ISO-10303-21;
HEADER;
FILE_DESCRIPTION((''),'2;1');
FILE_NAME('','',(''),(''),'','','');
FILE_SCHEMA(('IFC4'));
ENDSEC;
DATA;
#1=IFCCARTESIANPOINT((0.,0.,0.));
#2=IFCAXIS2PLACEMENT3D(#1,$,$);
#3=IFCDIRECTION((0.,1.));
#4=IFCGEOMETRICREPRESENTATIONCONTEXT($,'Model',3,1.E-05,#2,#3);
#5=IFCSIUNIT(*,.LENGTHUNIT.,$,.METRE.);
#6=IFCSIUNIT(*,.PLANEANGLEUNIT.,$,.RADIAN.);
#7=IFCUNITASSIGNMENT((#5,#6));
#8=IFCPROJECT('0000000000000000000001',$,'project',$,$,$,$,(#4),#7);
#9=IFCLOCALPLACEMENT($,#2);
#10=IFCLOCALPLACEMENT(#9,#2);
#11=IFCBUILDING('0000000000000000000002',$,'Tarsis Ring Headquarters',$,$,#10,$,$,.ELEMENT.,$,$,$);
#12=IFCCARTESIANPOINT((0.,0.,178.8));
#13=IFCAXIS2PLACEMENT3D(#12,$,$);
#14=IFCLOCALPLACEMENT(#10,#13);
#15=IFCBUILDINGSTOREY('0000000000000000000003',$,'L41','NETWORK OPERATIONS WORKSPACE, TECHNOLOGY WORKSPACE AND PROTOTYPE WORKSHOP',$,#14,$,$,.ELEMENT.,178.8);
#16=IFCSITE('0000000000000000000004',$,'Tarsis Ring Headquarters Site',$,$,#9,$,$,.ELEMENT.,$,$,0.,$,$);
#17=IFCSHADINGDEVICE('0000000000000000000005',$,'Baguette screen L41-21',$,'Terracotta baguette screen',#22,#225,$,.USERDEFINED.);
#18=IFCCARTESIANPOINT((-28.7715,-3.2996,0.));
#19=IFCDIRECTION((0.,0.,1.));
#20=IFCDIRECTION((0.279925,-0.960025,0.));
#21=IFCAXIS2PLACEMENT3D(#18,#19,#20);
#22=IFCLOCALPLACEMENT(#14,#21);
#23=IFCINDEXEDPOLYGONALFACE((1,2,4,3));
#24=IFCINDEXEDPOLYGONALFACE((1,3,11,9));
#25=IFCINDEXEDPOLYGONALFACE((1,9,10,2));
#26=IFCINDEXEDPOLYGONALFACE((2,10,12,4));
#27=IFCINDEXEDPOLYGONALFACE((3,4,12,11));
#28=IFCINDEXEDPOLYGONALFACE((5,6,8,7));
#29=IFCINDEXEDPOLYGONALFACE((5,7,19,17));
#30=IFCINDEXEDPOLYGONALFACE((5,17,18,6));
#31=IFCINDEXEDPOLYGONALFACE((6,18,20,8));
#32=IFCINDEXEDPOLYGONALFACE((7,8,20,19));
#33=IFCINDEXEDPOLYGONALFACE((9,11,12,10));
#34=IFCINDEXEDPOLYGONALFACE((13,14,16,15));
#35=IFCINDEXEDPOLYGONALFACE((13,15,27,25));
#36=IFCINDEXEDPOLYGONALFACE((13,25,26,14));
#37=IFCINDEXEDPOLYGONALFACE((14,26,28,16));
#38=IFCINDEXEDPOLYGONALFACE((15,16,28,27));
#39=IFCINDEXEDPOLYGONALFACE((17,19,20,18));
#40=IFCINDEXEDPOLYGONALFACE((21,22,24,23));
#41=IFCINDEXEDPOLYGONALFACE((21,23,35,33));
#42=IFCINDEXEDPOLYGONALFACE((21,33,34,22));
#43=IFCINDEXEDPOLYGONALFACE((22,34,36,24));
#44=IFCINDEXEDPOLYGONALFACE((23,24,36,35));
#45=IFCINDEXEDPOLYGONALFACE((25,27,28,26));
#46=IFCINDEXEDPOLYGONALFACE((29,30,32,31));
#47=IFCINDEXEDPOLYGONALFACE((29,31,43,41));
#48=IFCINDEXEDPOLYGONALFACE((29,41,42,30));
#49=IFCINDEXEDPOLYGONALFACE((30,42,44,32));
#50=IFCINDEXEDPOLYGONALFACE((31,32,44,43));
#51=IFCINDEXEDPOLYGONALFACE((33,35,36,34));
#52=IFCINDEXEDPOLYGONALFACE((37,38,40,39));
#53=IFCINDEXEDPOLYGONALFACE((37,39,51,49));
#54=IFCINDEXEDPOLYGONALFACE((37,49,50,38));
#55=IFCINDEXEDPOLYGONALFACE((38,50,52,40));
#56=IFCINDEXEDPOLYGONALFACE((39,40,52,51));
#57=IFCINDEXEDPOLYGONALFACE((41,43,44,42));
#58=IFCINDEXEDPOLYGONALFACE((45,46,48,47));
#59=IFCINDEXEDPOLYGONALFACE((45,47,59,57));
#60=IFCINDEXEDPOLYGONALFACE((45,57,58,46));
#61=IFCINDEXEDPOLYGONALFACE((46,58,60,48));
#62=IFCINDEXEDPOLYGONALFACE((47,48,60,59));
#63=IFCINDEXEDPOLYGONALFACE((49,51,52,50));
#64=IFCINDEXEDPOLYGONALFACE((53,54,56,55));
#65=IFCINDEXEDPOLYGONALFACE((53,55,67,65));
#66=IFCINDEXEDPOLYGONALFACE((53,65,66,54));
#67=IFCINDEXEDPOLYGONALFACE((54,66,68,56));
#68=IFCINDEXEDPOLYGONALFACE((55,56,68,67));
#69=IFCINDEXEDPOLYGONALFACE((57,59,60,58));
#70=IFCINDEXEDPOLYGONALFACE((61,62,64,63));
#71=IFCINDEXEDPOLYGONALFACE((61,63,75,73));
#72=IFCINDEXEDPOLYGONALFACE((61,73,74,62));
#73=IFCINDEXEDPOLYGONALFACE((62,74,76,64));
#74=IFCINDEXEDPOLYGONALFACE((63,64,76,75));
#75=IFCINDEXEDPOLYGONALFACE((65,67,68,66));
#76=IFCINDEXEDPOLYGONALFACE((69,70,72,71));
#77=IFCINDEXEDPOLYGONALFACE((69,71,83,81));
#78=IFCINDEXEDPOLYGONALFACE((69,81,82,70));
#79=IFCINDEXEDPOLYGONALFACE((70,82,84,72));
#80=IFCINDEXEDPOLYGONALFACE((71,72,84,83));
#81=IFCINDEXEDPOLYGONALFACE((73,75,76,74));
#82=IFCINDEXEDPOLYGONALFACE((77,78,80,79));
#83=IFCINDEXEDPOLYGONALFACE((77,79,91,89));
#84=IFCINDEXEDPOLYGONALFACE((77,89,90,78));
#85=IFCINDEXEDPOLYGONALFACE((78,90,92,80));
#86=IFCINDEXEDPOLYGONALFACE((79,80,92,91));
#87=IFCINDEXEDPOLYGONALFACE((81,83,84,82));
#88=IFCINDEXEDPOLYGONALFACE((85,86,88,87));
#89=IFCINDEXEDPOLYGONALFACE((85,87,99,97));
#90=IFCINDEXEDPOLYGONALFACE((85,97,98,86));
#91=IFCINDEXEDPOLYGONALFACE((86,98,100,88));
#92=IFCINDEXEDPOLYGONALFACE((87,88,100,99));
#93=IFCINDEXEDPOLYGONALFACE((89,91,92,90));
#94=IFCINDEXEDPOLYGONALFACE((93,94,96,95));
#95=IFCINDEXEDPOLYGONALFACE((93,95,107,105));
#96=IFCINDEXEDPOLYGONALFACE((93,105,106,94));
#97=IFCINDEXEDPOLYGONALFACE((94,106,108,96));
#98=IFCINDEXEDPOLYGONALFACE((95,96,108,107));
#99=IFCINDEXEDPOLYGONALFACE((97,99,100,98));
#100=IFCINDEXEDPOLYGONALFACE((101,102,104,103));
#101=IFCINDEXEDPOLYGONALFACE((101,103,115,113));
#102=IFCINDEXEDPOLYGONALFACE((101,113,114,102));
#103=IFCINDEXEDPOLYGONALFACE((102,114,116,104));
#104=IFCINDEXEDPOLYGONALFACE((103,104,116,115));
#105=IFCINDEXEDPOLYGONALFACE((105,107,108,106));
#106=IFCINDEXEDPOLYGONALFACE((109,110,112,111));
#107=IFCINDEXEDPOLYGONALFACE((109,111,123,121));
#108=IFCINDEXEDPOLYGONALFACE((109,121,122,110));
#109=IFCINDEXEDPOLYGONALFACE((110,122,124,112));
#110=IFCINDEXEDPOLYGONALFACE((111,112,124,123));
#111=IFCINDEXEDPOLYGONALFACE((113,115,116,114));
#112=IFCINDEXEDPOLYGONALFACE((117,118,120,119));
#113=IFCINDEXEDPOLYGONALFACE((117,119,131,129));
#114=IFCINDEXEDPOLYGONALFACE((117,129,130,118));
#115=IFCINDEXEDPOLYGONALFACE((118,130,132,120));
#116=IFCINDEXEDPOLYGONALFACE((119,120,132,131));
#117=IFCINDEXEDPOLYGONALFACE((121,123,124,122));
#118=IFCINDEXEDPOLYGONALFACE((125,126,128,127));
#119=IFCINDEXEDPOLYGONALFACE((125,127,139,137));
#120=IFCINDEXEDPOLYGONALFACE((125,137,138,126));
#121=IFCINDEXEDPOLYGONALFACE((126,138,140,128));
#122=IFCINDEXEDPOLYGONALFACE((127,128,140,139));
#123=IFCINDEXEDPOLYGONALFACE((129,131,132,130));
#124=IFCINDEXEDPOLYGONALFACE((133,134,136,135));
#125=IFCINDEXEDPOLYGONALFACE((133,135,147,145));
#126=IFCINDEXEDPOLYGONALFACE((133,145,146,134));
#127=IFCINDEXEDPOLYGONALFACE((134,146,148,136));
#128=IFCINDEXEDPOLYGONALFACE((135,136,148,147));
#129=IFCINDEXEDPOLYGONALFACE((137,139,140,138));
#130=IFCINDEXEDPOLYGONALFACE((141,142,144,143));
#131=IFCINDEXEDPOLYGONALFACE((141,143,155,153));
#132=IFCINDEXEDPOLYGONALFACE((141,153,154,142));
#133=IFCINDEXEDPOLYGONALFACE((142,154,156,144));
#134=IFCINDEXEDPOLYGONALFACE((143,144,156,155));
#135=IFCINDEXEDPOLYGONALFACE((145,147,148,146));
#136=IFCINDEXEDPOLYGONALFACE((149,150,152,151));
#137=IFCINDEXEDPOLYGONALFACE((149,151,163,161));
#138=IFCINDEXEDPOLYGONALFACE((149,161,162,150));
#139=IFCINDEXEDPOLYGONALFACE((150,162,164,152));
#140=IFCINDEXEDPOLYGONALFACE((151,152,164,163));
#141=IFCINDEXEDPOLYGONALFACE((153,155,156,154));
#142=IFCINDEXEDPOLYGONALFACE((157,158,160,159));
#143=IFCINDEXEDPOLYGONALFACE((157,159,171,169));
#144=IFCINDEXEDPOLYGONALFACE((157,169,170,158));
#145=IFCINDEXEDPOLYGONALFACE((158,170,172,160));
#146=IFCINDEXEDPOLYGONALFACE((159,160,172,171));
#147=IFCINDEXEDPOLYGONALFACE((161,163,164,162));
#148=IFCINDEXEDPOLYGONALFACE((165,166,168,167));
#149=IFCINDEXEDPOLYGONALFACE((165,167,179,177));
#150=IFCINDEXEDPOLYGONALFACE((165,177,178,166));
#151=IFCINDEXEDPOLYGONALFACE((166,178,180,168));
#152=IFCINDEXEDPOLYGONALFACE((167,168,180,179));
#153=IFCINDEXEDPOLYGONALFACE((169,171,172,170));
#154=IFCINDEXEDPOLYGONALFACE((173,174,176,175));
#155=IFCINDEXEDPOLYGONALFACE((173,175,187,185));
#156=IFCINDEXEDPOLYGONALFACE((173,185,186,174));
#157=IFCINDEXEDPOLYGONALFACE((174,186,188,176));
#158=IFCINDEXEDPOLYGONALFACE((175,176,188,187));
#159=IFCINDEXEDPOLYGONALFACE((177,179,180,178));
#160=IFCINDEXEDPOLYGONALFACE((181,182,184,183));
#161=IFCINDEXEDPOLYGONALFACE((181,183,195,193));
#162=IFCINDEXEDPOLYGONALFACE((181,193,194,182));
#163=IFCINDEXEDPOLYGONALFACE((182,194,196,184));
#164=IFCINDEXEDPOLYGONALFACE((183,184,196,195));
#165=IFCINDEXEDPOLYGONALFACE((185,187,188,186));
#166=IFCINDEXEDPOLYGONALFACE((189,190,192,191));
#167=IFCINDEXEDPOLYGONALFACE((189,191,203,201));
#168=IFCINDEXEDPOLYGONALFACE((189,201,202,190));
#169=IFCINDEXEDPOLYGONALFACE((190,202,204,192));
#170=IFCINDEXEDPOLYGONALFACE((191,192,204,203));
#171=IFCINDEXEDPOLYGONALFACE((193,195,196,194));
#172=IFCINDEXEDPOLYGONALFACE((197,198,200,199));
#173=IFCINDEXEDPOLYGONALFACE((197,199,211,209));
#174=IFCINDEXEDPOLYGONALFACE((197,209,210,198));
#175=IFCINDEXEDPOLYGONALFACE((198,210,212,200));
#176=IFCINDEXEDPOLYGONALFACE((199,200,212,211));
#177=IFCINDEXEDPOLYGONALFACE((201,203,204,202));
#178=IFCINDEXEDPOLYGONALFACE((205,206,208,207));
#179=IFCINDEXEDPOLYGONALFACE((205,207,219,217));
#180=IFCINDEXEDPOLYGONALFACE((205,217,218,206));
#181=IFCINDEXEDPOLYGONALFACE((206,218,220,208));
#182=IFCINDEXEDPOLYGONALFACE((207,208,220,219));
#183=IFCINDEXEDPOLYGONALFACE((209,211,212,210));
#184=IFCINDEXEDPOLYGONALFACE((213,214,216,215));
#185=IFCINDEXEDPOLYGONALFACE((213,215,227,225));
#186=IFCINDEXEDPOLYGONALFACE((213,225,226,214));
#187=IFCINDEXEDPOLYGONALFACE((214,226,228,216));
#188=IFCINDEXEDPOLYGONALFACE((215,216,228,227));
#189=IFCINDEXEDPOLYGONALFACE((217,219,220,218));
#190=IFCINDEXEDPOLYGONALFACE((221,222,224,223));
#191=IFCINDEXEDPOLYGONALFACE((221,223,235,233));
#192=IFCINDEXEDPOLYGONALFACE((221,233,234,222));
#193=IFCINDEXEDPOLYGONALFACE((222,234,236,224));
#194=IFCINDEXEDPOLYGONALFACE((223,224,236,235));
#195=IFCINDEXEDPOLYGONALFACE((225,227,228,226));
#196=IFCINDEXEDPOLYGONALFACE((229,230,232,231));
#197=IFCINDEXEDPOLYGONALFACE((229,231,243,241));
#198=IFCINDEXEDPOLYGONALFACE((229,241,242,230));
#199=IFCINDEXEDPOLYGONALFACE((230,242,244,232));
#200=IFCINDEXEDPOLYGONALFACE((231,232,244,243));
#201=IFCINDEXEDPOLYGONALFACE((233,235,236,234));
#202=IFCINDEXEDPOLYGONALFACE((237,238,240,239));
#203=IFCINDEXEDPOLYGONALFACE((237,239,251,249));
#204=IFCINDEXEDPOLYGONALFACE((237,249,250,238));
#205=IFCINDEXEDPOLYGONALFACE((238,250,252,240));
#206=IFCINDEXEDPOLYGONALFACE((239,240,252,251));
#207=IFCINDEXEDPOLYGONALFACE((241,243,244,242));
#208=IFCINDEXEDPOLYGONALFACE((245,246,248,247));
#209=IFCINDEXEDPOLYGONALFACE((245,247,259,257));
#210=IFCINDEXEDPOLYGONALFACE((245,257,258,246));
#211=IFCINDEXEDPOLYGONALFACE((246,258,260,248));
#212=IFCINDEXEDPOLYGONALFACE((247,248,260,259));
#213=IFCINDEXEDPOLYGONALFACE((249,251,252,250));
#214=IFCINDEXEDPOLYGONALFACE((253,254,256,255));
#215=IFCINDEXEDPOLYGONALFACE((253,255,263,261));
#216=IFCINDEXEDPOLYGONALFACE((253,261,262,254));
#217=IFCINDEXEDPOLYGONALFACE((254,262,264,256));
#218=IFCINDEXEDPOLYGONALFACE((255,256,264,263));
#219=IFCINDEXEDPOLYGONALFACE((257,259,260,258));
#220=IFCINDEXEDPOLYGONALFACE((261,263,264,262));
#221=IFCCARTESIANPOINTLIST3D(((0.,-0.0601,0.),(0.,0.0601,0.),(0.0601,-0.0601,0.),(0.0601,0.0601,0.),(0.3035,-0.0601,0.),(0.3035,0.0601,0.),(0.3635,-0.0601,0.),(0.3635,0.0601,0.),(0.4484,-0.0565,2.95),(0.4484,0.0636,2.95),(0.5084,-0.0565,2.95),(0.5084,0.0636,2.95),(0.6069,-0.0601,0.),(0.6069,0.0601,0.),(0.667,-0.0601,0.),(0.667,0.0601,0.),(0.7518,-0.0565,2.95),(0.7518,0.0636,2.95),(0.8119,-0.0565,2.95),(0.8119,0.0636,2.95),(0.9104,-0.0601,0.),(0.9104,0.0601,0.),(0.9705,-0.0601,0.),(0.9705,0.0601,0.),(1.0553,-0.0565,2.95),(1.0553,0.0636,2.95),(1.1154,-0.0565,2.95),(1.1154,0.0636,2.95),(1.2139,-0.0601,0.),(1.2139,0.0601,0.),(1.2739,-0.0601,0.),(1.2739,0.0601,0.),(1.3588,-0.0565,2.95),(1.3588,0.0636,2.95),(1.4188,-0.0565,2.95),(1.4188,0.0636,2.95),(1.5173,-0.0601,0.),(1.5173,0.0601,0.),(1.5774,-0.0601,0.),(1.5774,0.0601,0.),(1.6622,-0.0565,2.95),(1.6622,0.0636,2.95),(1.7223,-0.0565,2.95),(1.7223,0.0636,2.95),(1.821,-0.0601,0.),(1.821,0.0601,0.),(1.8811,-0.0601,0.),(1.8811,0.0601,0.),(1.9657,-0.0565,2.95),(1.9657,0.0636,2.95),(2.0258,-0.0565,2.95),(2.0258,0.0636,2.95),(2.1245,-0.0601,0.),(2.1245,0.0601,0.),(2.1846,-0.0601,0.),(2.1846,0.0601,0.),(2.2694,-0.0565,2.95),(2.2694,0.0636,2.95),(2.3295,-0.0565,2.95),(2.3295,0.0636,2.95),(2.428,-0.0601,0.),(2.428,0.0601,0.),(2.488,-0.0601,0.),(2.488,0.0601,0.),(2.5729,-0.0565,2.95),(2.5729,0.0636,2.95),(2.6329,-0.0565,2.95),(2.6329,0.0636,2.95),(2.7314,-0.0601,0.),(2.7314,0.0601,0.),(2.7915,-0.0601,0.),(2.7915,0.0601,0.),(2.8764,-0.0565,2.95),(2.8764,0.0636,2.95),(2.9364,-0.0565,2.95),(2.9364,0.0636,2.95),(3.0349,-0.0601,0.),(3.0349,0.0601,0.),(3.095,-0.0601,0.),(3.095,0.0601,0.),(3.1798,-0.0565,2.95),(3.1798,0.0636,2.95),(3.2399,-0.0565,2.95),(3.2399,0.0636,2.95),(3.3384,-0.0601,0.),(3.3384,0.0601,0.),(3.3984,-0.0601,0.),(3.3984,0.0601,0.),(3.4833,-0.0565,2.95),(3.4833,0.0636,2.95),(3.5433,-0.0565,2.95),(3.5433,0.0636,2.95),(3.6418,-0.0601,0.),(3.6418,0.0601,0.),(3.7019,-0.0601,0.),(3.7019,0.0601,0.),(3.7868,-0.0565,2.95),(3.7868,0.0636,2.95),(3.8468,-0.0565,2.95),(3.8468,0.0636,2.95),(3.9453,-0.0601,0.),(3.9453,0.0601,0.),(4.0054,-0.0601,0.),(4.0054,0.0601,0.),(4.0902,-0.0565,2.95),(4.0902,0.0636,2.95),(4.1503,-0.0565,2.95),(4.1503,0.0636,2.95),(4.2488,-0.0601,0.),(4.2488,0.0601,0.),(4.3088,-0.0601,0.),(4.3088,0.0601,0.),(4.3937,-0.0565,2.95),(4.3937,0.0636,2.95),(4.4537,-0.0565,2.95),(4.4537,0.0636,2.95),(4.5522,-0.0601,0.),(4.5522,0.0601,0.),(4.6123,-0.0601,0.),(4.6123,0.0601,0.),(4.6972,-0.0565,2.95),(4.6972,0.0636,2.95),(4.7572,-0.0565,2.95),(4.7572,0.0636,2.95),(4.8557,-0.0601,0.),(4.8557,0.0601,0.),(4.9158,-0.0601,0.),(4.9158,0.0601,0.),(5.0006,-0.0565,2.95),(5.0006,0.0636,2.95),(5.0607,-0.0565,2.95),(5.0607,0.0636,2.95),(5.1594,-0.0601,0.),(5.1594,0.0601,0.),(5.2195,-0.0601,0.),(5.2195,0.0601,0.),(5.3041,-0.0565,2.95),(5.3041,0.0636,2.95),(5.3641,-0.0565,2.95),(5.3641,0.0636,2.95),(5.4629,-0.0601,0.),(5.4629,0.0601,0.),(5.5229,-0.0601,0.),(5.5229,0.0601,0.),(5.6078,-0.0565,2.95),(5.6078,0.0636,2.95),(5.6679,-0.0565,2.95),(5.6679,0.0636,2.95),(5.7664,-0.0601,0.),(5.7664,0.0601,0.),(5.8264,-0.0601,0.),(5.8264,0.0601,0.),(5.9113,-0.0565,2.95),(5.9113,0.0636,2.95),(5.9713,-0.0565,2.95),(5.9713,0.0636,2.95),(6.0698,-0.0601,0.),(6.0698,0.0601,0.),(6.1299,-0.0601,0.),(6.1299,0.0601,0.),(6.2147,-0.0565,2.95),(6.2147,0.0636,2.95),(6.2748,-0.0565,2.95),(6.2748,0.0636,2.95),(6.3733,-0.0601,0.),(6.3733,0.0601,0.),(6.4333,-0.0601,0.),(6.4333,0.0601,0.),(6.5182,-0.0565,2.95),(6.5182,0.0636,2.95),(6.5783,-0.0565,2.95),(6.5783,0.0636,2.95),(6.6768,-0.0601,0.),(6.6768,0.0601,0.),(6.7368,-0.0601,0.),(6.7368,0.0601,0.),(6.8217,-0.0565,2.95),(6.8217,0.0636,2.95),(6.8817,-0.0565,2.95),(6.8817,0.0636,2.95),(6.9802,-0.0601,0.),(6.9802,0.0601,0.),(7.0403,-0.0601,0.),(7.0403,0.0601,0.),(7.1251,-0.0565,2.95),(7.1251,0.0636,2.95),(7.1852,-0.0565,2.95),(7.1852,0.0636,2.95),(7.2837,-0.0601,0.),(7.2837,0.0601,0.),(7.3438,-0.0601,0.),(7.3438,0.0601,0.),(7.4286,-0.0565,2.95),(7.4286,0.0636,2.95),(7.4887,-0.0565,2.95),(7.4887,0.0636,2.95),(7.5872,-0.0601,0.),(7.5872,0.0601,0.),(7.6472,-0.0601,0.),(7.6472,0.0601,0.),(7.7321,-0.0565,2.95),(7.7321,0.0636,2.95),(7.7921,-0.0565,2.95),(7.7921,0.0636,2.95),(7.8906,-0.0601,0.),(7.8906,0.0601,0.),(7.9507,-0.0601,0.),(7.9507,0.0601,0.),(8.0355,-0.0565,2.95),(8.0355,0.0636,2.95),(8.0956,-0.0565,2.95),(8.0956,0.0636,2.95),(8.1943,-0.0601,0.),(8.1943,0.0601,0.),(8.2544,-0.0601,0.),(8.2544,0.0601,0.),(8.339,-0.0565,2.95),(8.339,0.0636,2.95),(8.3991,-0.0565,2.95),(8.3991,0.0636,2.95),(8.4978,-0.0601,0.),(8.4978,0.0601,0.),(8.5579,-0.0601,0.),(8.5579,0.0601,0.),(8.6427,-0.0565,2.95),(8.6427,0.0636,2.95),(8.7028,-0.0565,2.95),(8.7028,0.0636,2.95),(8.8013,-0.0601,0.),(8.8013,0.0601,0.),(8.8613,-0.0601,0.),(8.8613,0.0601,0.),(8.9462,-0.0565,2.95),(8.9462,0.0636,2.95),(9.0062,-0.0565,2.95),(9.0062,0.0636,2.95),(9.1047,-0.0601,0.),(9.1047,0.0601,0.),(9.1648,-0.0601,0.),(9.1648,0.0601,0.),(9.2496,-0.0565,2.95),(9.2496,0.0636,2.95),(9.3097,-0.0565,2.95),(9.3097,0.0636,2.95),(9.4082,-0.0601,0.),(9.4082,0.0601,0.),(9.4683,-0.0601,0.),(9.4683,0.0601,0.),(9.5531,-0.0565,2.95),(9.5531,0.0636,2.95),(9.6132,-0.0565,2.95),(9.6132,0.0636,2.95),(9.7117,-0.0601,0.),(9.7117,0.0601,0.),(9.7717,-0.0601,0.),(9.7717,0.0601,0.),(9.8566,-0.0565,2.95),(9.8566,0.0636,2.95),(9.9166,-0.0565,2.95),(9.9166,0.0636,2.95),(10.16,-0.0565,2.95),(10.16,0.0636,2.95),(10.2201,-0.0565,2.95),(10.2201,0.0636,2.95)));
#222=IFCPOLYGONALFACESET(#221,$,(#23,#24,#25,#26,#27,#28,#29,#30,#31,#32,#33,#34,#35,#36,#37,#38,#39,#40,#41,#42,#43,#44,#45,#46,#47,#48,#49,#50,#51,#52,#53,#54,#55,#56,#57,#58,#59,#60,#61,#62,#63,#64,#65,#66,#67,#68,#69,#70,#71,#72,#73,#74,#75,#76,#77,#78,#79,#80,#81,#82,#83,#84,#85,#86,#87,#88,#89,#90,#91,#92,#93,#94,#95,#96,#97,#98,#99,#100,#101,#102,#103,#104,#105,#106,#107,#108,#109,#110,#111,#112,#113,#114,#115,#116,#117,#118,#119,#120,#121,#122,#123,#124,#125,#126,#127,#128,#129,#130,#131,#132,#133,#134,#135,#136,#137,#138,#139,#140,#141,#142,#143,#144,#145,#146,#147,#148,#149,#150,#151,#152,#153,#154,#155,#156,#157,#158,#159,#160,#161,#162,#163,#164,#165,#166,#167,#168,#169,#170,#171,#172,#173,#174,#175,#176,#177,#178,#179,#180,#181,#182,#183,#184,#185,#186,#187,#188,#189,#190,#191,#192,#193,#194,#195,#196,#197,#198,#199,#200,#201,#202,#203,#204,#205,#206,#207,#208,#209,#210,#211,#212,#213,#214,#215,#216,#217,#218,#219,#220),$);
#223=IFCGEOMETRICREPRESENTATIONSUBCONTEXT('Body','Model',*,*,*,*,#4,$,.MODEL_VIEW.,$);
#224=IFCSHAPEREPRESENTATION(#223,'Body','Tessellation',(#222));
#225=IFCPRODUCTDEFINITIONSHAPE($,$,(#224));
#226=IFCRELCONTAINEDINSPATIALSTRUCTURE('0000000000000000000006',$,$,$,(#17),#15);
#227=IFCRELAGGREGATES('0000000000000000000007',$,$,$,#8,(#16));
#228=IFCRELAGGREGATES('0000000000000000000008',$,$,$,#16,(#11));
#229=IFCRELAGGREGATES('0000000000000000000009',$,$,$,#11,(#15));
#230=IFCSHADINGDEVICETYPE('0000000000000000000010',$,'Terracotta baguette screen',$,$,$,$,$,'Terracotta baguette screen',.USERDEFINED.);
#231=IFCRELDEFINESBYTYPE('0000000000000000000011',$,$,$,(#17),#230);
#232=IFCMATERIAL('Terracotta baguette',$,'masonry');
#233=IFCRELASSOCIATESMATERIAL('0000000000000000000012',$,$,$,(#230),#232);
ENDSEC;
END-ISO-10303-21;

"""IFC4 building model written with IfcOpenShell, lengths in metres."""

from ifc_helpers import new_model, si_unit, direction, frame, frame_2d, origin, place, context, subcontext, project, spatial, rectangle, composite_profile, extrude, material, type_object, element, save


model = new_model("IFC4")

# Units and contexts
model_context = context("Model", 3, precision=1e-05, world=origin(), true_north=direction((0.0, 1.0)))
body_context = subcontext(model_context, "Body", "Model", "MODEL_VIEW")
ifc_project = project(units=[si_unit("LENGTHUNIT", "METRE"), si_unit("PLANEANGLEUNIT", "RADIAN")], contexts=[model_context])

# Site, building, storey
site_placement = place(None, origin())
site = spatial("IfcSite", under=ifc_project, at=site_placement, Name="Tarsis Ring Headquarters Site", CompositionType="ELEMENT", RefElevation=0.0)
building_placement = place(site_placement, origin())
building = spatial("IfcBuilding", under=site, at=building_placement, Name="Tarsis Ring Headquarters", CompositionType="ELEMENT")
storey_placement = place(building_placement, frame((0.0, 0.0, 178.8)))
storey = spatial("IfcBuildingStorey", under=building, at=storey_placement, Name="L41", Description="NETWORK OPERATIONS WORKSPACE, TECHNOLOGY WORKSPACE AND PROTOTYPE WORKSHOP", CompositionType="ELEMENT", Elevation=178.8)

# Shading device
ifc_material_1 = material(Name="Terracotta baguette", Category="masonry")
shading_device_type = type_object("IfcShadingDeviceType", Name="Terracotta baguette screen", ElementType="Terracotta baguette screen", PredefinedType="USERDEFINED", material=ifc_material_1)
shading_device_placement = place(storey_placement, frame((-28.7715, -3.2996, 0.0), z_axis=(0.0, 0.0, 1.0), x_axis=(0.279925, -0.960025, 0.0)))
element("IfcShadingDevice", 1, at=shading_device_placement, inside=storey, type_object=shading_device_type, Name="Baguette screen L41-21", ObjectType="Terracotta baguette screen", PredefinedType="USERDEFINED", context=body_context, shape_type="SweptSolid", body=[
    extrude(composite_profile([rectangle(XDim=0.0601, YDim=0.1201, at=frame_2d((0.03, 0.0))), rectangle(XDim=0.0601, YDim=0.1201, at=frame_2d((0.3335, 0.0))), rectangle(XDim=0.0601, YDim=0.1201, at=frame_2d((0.637, 0.0))), rectangle(XDim=0.0601, YDim=0.1201, at=frame_2d((0.9404, 0.0))), rectangle(XDim=0.0601, YDim=0.1201, at=frame_2d((1.2439, 0.0))), rectangle(XDim=0.0601, YDim=0.1201, at=frame_2d((1.5474, 0.0))), rectangle(XDim=0.0601, YDim=0.1201, at=frame_2d((1.8511, 0.0))), rectangle(XDim=0.0601, YDim=0.1201, at=frame_2d((2.1545, 0.0))), rectangle(XDim=0.0601, YDim=0.1201, at=frame_2d((2.458, 0.0))), rectangle(XDim=0.0601, YDim=0.1201, at=frame_2d((2.7615, 0.0))), rectangle(XDim=0.0601, YDim=0.1201, at=frame_2d((3.0649, 0.0))), rectangle(XDim=0.0601, YDim=0.1201, at=frame_2d((3.3684, 0.0))), rectangle(XDim=0.0601, YDim=0.1201, at=frame_2d((3.6719, 0.0))), rectangle(XDim=0.0601, YDim=0.1201, at=frame_2d((3.9753, 0.0))), rectangle(XDim=0.0601, YDim=0.1201, at=frame_2d((4.2788, 0.0))), rectangle(XDim=0.0601, YDim=0.1201, at=frame_2d((4.5823, 0.0))), rectangle(XDim=0.0601, YDim=0.1201, at=frame_2d((4.8857, 0.0))), rectangle(XDim=0.0601, YDim=0.1201, at=frame_2d((5.1895, 0.0))), rectangle(XDim=0.0601, YDim=0.1201, at=frame_2d((5.4929, 0.0))), rectangle(XDim=0.0601, YDim=0.1201, at=frame_2d((5.7964, 0.0))), rectangle(XDim=0.0601, YDim=0.1201, at=frame_2d((6.0999, 0.0))), rectangle(XDim=0.0601, YDim=0.1201, at=frame_2d((6.4033, 0.0))), rectangle(XDim=0.0601, YDim=0.1201, at=frame_2d((6.7068, 0.0))), rectangle(XDim=0.0601, YDim=0.1201, at=frame_2d((7.0103, 0.0))), rectangle(XDim=0.0601, YDim=0.1201, at=frame_2d((7.3137, 0.0))), rectangle(XDim=0.0601, YDim=0.1201, at=frame_2d((7.6172, 0.0))), rectangle(XDim=0.0601, YDim=0.1201, at=frame_2d((7.9207, 0.0))), rectangle(XDim=0.0601, YDim=0.1201, at=frame_2d((8.2244, 0.0))), rectangle(XDim=0.0601, YDim=0.1201, at=frame_2d((8.5278, 0.0))), rectangle(XDim=0.0601, YDim=0.1201, at=frame_2d((8.8313, 0.0))), rectangle(XDim=0.0601, YDim=0.1201, at=frame_2d((9.1348, 0.0))), rectangle(XDim=0.0601, YDim=0.1201, at=frame_2d((9.4382, 0.0))), rectangle(XDim=0.0601, YDim=0.1201, at=frame_2d((9.7417, 0.0)))]), origin(), (0.150265, 0.001179, 0.988645), 2.9839),
])

save(model, "model.ifc")
